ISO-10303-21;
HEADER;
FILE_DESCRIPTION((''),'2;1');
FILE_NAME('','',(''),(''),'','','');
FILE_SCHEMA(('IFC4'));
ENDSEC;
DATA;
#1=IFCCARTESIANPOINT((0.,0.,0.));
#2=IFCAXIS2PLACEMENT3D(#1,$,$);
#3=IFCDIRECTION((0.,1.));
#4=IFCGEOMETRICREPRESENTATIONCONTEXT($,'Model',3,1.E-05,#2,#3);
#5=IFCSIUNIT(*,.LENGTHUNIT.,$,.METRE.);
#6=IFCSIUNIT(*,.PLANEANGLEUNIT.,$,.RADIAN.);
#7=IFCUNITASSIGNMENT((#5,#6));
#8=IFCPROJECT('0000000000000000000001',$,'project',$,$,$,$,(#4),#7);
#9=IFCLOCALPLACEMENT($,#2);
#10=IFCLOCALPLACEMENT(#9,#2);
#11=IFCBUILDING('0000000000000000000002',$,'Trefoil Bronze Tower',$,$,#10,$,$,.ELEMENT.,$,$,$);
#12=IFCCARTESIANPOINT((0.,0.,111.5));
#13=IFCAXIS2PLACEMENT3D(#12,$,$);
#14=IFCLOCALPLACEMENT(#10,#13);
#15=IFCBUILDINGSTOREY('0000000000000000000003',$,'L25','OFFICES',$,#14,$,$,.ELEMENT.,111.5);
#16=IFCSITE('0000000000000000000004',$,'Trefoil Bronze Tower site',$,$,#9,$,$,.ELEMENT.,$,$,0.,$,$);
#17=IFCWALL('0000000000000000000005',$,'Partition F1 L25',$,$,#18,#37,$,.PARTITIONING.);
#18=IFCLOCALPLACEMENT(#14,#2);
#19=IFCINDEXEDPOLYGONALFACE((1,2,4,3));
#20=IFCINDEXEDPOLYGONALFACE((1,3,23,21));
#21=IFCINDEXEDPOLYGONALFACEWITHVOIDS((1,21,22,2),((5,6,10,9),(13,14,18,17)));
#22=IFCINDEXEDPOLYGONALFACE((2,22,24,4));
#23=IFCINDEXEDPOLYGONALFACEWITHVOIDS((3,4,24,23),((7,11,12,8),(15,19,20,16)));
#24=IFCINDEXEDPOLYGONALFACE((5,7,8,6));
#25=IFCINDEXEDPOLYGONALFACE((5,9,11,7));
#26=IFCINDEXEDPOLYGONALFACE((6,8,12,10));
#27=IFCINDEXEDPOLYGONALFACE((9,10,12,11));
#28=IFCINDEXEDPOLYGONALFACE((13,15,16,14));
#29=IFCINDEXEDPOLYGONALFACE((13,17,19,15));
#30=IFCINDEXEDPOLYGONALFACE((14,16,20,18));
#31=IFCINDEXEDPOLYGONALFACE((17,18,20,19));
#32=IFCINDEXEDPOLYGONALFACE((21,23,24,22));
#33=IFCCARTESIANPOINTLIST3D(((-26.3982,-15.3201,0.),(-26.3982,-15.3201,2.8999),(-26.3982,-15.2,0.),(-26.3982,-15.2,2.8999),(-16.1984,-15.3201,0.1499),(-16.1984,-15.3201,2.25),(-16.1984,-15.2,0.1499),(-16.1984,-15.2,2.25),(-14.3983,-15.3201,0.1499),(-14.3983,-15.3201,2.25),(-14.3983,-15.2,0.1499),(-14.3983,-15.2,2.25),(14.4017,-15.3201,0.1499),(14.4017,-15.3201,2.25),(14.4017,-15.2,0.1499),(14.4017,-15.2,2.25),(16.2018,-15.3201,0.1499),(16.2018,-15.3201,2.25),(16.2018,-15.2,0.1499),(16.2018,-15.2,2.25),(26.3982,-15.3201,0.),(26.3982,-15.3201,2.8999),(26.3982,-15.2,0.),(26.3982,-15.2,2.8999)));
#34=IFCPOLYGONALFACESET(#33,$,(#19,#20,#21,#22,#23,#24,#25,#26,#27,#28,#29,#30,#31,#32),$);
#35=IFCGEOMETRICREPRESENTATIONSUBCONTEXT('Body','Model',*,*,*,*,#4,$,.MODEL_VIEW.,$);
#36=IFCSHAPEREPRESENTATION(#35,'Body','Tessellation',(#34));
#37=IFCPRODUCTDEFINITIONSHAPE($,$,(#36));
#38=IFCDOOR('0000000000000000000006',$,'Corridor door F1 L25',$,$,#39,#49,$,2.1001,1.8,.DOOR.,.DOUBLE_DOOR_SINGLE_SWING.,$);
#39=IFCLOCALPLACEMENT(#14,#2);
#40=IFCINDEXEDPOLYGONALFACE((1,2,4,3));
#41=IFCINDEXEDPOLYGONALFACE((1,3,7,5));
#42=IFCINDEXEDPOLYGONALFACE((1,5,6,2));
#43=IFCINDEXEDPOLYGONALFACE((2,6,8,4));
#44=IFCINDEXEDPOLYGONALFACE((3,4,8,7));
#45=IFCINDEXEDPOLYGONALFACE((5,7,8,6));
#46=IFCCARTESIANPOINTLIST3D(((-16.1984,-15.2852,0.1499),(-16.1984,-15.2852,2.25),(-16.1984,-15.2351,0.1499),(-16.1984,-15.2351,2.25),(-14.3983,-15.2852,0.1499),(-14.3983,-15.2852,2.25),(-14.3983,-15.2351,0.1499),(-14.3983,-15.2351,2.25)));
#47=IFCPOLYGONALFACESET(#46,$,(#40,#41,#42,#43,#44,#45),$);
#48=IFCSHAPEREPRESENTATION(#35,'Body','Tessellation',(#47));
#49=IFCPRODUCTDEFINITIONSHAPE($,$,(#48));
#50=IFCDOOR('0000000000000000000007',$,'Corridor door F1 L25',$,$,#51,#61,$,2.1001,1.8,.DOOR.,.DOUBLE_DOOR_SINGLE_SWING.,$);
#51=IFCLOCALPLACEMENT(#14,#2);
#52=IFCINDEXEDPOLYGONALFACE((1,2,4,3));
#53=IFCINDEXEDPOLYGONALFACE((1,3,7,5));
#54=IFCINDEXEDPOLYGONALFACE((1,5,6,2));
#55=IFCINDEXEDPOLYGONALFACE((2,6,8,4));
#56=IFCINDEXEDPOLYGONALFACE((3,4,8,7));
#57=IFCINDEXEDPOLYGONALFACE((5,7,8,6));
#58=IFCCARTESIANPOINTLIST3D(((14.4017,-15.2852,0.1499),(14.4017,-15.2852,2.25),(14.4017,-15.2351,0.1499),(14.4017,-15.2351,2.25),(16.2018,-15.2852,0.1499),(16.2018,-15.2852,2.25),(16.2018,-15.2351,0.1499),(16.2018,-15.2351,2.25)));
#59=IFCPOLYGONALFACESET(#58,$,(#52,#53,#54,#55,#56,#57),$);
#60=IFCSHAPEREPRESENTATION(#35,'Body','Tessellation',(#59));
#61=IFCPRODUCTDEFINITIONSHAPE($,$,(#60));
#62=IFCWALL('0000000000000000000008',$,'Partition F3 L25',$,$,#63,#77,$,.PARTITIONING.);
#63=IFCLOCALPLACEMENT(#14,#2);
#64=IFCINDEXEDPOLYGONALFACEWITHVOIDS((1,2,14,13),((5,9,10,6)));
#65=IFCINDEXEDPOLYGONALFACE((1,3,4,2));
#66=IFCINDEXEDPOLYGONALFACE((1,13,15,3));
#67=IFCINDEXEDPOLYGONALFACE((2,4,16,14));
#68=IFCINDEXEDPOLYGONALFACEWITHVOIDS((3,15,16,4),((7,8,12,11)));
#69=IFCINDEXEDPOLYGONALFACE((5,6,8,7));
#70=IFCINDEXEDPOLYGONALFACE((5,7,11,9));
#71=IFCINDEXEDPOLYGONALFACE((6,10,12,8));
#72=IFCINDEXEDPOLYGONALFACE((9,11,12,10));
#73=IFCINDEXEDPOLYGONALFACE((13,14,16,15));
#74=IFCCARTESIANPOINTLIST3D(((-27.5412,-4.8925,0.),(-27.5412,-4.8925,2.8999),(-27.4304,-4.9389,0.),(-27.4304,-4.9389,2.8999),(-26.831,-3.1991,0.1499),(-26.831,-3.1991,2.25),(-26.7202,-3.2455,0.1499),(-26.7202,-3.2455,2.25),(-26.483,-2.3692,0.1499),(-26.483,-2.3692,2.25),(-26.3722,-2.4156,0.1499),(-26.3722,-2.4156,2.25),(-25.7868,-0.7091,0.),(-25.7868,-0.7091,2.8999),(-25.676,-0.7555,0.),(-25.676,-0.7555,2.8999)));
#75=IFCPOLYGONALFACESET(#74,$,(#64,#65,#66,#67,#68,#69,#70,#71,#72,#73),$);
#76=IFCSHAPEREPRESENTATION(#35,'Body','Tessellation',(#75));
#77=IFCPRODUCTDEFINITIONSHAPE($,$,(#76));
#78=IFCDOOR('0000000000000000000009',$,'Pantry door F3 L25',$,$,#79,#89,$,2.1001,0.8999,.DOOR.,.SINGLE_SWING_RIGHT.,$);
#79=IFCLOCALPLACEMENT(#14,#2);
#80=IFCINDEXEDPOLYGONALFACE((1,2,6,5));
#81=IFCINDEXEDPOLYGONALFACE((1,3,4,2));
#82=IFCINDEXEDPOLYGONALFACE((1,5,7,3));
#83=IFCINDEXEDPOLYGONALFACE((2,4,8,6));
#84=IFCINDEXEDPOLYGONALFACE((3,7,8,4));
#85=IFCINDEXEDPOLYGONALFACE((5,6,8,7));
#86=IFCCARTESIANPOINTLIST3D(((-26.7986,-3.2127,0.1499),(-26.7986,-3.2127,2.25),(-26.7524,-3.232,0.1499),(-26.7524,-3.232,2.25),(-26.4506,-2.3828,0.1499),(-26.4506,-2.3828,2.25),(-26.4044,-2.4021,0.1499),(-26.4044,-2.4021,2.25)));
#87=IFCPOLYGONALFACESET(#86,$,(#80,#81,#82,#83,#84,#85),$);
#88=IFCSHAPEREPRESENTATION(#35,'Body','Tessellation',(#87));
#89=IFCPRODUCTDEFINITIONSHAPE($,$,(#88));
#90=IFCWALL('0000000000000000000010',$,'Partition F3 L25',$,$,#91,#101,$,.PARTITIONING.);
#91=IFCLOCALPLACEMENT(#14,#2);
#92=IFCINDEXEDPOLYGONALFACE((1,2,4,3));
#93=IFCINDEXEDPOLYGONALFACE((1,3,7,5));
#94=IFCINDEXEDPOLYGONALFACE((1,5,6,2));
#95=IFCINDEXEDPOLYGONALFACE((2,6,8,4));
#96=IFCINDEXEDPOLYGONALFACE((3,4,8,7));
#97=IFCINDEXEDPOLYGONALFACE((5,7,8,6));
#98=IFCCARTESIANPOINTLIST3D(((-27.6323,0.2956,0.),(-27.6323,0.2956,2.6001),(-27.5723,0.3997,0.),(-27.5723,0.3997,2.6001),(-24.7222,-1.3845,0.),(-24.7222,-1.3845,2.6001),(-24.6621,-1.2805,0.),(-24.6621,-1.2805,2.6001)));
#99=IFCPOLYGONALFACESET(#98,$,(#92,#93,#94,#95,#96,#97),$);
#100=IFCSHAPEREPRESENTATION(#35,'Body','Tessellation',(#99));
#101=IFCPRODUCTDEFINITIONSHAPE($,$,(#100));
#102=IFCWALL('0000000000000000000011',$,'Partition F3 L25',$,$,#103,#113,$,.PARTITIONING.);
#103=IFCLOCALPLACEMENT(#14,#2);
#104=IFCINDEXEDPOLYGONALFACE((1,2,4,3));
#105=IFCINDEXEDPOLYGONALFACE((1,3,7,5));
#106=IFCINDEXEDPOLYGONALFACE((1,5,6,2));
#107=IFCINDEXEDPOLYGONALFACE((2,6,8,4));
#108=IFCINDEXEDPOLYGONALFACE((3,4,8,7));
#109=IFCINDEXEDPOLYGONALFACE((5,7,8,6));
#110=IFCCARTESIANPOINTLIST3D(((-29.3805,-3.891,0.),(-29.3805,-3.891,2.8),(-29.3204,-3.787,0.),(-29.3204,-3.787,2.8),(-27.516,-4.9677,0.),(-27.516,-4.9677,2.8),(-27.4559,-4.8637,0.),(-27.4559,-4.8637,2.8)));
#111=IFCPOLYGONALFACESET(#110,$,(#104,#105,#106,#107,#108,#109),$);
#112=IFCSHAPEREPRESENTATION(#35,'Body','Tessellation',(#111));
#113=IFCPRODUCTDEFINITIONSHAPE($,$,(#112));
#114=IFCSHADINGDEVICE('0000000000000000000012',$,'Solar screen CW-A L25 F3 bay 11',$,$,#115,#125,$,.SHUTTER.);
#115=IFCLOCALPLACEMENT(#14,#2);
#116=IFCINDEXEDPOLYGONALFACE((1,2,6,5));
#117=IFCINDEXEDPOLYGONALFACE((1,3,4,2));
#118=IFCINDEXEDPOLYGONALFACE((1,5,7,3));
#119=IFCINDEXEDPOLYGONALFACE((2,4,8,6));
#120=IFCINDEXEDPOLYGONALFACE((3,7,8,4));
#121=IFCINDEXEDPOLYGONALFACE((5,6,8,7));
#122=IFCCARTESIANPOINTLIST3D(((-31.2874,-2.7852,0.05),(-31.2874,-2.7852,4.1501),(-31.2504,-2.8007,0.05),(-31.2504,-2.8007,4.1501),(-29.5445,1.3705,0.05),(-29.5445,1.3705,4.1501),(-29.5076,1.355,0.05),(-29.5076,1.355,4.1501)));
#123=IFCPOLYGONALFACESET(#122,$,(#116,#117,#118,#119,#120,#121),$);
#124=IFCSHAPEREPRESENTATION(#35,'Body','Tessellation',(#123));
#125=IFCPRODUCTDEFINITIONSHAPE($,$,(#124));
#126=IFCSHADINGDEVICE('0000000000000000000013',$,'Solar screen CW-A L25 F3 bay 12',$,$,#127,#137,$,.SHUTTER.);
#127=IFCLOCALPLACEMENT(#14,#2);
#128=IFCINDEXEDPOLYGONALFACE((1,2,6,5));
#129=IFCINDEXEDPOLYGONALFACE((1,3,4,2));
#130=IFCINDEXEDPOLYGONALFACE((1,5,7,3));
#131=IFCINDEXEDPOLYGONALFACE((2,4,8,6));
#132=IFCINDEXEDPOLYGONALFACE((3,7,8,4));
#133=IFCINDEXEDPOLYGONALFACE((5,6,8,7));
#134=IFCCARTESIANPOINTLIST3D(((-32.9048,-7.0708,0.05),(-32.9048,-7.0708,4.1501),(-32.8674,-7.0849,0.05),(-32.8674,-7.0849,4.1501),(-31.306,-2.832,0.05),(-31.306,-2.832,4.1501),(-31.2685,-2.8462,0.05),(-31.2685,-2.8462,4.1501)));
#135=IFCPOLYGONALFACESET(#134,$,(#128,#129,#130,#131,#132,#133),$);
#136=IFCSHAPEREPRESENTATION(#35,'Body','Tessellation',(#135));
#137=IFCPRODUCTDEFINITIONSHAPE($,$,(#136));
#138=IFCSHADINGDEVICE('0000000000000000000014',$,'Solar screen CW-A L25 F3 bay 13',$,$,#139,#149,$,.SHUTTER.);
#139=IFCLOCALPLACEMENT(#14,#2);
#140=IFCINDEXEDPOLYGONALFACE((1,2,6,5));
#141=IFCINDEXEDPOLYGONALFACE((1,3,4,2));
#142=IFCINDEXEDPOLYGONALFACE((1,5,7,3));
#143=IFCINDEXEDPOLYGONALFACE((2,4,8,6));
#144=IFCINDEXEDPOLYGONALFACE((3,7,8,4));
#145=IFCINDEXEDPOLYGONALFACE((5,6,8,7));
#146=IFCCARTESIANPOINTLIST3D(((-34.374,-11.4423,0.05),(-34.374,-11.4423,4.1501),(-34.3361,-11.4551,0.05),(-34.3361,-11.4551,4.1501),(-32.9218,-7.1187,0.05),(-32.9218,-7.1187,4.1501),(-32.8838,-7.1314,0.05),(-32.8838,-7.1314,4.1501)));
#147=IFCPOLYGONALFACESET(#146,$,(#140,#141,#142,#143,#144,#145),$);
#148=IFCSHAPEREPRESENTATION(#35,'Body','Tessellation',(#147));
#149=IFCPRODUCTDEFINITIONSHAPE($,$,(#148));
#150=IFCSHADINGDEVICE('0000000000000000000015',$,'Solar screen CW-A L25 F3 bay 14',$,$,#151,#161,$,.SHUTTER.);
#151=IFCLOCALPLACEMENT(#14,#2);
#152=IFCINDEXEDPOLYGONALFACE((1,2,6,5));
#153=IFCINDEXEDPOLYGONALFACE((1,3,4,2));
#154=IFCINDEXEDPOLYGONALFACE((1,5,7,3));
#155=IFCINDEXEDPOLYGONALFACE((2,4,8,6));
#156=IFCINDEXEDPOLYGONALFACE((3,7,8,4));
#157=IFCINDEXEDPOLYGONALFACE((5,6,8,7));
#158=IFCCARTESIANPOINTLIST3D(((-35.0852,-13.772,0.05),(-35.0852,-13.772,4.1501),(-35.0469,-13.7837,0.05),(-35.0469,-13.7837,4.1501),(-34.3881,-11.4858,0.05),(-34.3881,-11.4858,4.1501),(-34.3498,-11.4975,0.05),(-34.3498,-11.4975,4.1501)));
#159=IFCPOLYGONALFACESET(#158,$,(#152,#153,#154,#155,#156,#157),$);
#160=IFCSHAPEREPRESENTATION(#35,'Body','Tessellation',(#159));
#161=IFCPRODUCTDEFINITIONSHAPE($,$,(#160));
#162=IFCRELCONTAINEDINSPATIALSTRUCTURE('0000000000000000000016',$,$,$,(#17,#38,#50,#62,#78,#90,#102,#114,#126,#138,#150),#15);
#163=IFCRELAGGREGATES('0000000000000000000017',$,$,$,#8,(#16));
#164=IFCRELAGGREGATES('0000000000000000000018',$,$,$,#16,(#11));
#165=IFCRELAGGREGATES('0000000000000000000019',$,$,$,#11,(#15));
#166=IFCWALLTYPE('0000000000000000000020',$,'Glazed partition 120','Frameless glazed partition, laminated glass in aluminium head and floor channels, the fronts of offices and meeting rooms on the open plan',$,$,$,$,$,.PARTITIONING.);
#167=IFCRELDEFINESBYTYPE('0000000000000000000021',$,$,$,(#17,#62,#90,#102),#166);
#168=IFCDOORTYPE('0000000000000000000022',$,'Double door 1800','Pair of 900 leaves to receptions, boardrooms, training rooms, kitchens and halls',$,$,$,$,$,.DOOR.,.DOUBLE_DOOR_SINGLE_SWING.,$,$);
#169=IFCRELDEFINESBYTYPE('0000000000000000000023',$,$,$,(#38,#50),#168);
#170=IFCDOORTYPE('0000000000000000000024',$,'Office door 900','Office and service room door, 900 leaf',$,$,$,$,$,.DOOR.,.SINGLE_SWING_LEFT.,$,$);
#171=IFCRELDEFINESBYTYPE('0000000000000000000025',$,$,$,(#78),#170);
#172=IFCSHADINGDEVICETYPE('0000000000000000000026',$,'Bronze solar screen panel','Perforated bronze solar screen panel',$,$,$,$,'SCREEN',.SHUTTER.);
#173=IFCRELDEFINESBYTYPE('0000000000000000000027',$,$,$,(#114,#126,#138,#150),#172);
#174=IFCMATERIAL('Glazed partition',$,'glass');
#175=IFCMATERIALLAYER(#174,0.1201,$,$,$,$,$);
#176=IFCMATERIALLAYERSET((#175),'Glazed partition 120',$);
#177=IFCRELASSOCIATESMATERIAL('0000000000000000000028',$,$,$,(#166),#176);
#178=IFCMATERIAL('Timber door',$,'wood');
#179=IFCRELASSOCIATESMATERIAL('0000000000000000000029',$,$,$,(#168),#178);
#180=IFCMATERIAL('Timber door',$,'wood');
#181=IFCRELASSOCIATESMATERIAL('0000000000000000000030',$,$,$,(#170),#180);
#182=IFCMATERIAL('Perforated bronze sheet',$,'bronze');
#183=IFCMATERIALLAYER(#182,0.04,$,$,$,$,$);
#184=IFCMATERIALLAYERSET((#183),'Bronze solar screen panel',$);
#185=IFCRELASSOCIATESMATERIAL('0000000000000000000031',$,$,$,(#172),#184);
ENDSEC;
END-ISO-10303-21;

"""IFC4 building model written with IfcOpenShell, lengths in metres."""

from ifc_helpers import new_model, si_unit, direction, frame, frame_2d, origin, origin_2d, place, context, subcontext, project, spatial, rectangle, extrude, material, layer, layer_set, type_object, element, fill, save


model = new_model("IFC4")

# Units and contexts
model_context = context("Model", 3, precision=1e-05, world=origin(), true_north=direction((0.0, 1.0)))
body_context = subcontext(model_context, "Body", "Model", "MODEL_VIEW")
ifc_project = project(units=[si_unit("LENGTHUNIT", "METRE"), si_unit("PLANEANGLEUNIT", "RADIAN")], contexts=[model_context])

# Site, building, storey
site_placement = place(None, origin())
site = spatial("IfcSite", under=ifc_project, at=site_placement, Name="Trefoil Bronze Tower site", CompositionType="ELEMENT", RefElevation=0.0)
building_placement = place(site_placement, origin())
building = spatial("IfcBuilding", under=site, at=building_placement, Name="Trefoil Bronze Tower", CompositionType="ELEMENT")
storey_placement = place(building_placement, frame((0.0, 0.0, 111.5)))
storey = spatial("IfcBuildingStorey", under=building, at=storey_placement, Name="L25", Description="OFFICES", CompositionType="ELEMENT", Elevation=111.5)

# Wall, openings, doors
ifc_material_1 = material(Name="Glazed partition", Category="glass")
ifc_layer_1 = layer(ifc_material_1, 0.1201)
ifc_layer_set_1 = layer_set([ifc_layer_1], Name="Glazed partition 120")
wall_type = type_object("IfcWallType", Name="Glazed partition 120", Description="Frameless glazed partition, laminated glass in aluminium head and floor channels, the fronts of offices and meeting rooms on the open plan", PredefinedType="PARTITIONING", material=ifc_layer_set_1)
wall_1_placement = place(storey_placement, frame((-26.3982, -15.26, 0.0), z_axis=(0.0, 0.0, 1.0), x_axis=(1.0, 0.0, 0.0)))
wall_1 = element("IfcWall", 1, at=wall_1_placement, inside=storey, type_object=wall_type, Name="Partition F1 L25", PredefinedType="PARTITIONING", context=body_context, shape_type="SweptSolid", body=[
    extrude(rectangle(XDim=52.7964, YDim=0.1201, at=frame_2d((26.3982, 0.0))), origin(), (0.0, 0.0, 1.0), 2.8999),
])
opening_1_placement = place(wall_1_placement, frame((10.2, 0.0, 0.1499)))
opening_1 = element("IfcOpeningElement", 2, at=opening_1_placement, cuts=wall_1, PredefinedType="OPENING", context=body_context, shape_type="SweptSolid", body=[
    extrude(rectangle(XDim=1.8, YDim=2.1001, at=frame_2d((0.8999, 1.05))), frame((0.0, 0.0701, 0.0), z_axis=(0.0, -1.0, 0.0), x_axis=(1.0, 0.0, 0.0)), (0.0, 0.0, 1.0), 0.1401),
])
opening_2_placement = place(wall_1_placement, frame((40.8, 0.0, 0.1499)))
opening_2 = element("IfcOpeningElement", 3, at=opening_2_placement, cuts=wall_1, PredefinedType="OPENING", context=body_context, shape_type="SweptSolid", body=[
    extrude(rectangle(XDim=1.8, YDim=2.1001, at=frame_2d((0.8999, 1.05))), frame((0.0, 0.0701, 0.0), z_axis=(0.0, -1.0, 0.0), x_axis=(1.0, 0.0, 0.0)), (0.0, 0.0, 1.0), 0.1401),
])
ifc_material_2 = material(Name="Timber door", Category="wood")
door_type_1 = type_object("IfcDoorType", Name="Double door 1800", Description="Pair of 900 leaves to receptions, boardrooms, training rooms, kitchens and halls", OperationType="DOUBLE_DOOR_SINGLE_SWING", PredefinedType="DOOR", material=ifc_material_2)
door_1_placement = place(opening_1_placement, origin())
door_1 = element("IfcDoor", 4, at=door_1_placement, inside=storey, type_object=door_type_1, Name="Corridor door F1 L25", OperationType="DOUBLE_DOOR_SINGLE_SWING", OverallHeight=2.1001, OverallWidth=1.8, PredefinedType="DOOR", context=body_context, shape_type="SweptSolid", body=[
    extrude(rectangle(XDim=1.8, YDim=2.1001, at=frame_2d((0.8999, 1.05))), frame((0.0, 0.0249, 0.0), z_axis=(0.0, -1.0, 0.0), x_axis=(1.0, 0.0, 0.0)), (0.0, 0.0, 1.0), 0.05),
])
fill(opening_1, door_1)
door_2_placement = place(opening_2_placement, origin())
door_2 = element("IfcDoor", 5, at=door_2_placement, inside=storey, type_object=door_type_1, Name="Corridor door F1 L25", OperationType="DOUBLE_DOOR_SINGLE_SWING", OverallHeight=2.1001, OverallWidth=1.8, PredefinedType="DOOR", context=body_context, shape_type="SweptSolid", body=[
    extrude(rectangle(XDim=1.8, YDim=2.1001, at=frame_2d((0.8999, 1.05))), frame((0.0, 0.0249, 0.0), z_axis=(0.0, -1.0, 0.0), x_axis=(1.0, 0.0, 0.0)), (0.0, 0.0, 1.0), 0.05),
])
fill(opening_2, door_2)

# Wall, opening, door
wall_2_placement = place(storey_placement, frame((-25.7314, -0.7324, 0.0), z_axis=(0.0, 0.0, 1.0), x_axis=(-0.386743, -0.922188, 0.0)))
wall_2 = element("IfcWall", 6, at=wall_2_placement, inside=storey, type_object=wall_type, Name="Partition F3 L25", PredefinedType="PARTITIONING", context=body_context, shape_type="SweptSolid", body=[
    extrude(rectangle(XDim=4.5364, YDim=0.1201, at=frame_2d((2.2681, 0.0))), origin(), (0.0, 0.0, 1.0), 2.8999),
])
opening_3_placement = place(wall_2_placement, frame((1.8, 0.0, 0.1499)))
opening_3 = element("IfcOpeningElement", 7, at=opening_3_placement, cuts=wall_2, PredefinedType="OPENING", context=body_context, shape_type="SweptSolid", body=[
    extrude(rectangle(XDim=0.8999, YDim=2.1001, at=frame_2d((0.45, 1.05))), frame((0.0, 0.0701, 0.0), z_axis=(0.0, -1.0, 0.0), x_axis=(1.0, 0.0, 0.0)), (0.0, 0.0, 1.0), 0.1401),
])
ifc_material_3 = material(Name="Timber door", Category="wood")
door_type_2 = type_object("IfcDoorType", Name="Office door 900", Description="Office and service room door, 900 leaf", OperationType="SINGLE_SWING_LEFT", PredefinedType="DOOR", material=ifc_material_3)
door_3_placement = place(opening_3_placement, frame((0.8999, 0.0, 0.0), z_axis=(0.0, 0.0, 1.0), x_axis=(-1.0, 0.0, 0.0)))
door_3 = element("IfcDoor", 8, at=door_3_placement, inside=storey, type_object=door_type_2, Name="Pantry door F3 L25", OperationType="SINGLE_SWING_RIGHT", OverallHeight=2.1001, OverallWidth=0.8999, PredefinedType="DOOR", context=body_context, shape_type="SweptSolid", body=[
    extrude(rectangle(XDim=0.8999, YDim=2.1001, at=frame_2d((0.45, 1.05))), frame((0.0, 0.0249, 0.0), z_axis=(0.0, -1.0, 0.0), x_axis=(1.0, 0.0, 0.0)), (0.0, 0.0, 1.0), 0.05),
])
fill(opening_3, door_3)

# Walls
wall_3_placement = place(storey_placement, frame((-24.6921, -1.3325, 0.0), z_axis=(0.0, 0.0, 1.0), x_axis=(-0.866026, 0.499999, 0.0)))
element("IfcWall", 9, at=wall_3_placement, inside=storey, type_object=wall_type, Name="Partition F3 L25", PredefinedType="PARTITIONING", context=body_context, shape_type="SweptSolid", body=[
    extrude(rectangle(XDim=3.3604, YDim=0.1201, at=frame_2d((1.6802, 0.0))), origin(), (0.0, 0.0, 1.0), 2.6001),
])
wall_4_placement = place(storey_placement, frame((-27.4858, -4.9158, 0.0), z_axis=(0.0, 0.0, 1.0), x_axis=(-0.865987, 0.500066, 0.0)))
element("IfcWall", 10, at=wall_4_placement, inside=storey, type_object=wall_type, Name="Partition F3 L25", PredefinedType="PARTITIONING", context=body_context, shape_type="SweptSolid", body=[
    extrude(rectangle(XDim=2.1531, YDim=0.1201, at=frame_2d((1.0767, 0.0))), origin(), (0.0, 0.0, 1.0), 2.8),
])

# Shading devices
ifc_material_4 = material(Name="Perforated bronze sheet", Category="bronze")
ifc_layer_2 = layer(ifc_material_4, 0.04)
ifc_layer_set_2 = layer_set([ifc_layer_2], Name="Bronze solar screen panel")
shading_device_type = type_object("IfcShadingDeviceType", Name="Bronze solar screen panel", Description="Perforated bronze solar screen panel", ElementType="SCREEN", PredefinedType="SHUTTER", material=ifc_layer_set_2)
shading_device_1_placement = place(storey_placement, frame((-30.3975, -0.7151, 0.05), z_axis=(0.0, 0.0, 1.0), x_axis=(-0.386759, -0.922181, 0.0)))
element("IfcShadingDevice", 11, at=shading_device_1_placement, inside=storey, type_object=shading_device_type, Name="Solar screen CW-A L25 F3 bay 11", PredefinedType="SHUTTER", context=body_context, shape_type="SweptSolid", body=[
    extrude(rectangle(XDim=4.5063, YDim=0.04, at=origin_2d()), origin(), (0.0, 0.0, 1.0), 4.1001),
])
shading_device_2_placement = place(storey_placement, frame((-32.0867, -4.9585, 0.05), z_axis=(0.0, 0.0, 1.0), x_axis=(-0.35292, -0.935654, 0.0)))
element("IfcShadingDevice", 12, at=shading_device_2_placement, inside=storey, type_object=shading_device_type, Name="Solar screen CW-A L25 F3 bay 12", PredefinedType="SHUTTER", context=body_context, shape_type="SweptSolid", body=[
    extrude(rectangle(XDim=4.5303, YDim=0.04, at=origin_2d()), origin(), (0.0, 0.0, 1.0), 4.1001),
])
shading_device_3_placement = place(storey_placement, frame((-33.6289, -9.2869, 0.05), z_axis=(0.0, 0.0, 1.0), x_axis=(-0.318404, -0.947955, 0.0)))
element("IfcShadingDevice", 13, at=shading_device_3_placement, inside=storey, type_object=shading_device_type, Name="Solar screen CW-A L25 F3 bay 13", PredefinedType="SHUTTER", context=body_context, shape_type="SweptSolid", body=[
    extrude(rectangle(XDim=4.561, YDim=0.04, at=origin_2d()), origin(), (0.0, 0.0, 1.0), 4.1001),
])
shading_device_4_placement = place(storey_placement, frame((-34.7175, -12.6348, 0.05), z_axis=(0.0, 0.0, 1.0), x_axis=(-0.291669, -0.956519, 0.0)))
element("IfcShadingDevice", 14, at=shading_device_4_placement, inside=storey, type_object=shading_device_type, Name="Solar screen CW-A L25 F3 bay 14", PredefinedType="SHUTTER", context=body_context, shape_type="SweptSolid", body=[
    extrude(rectangle(XDim=2.3901, YDim=0.04, at=origin_2d()), origin(), (0.0, 0.0, 1.0), 4.1001),
])

save(model, "model.ifc")
